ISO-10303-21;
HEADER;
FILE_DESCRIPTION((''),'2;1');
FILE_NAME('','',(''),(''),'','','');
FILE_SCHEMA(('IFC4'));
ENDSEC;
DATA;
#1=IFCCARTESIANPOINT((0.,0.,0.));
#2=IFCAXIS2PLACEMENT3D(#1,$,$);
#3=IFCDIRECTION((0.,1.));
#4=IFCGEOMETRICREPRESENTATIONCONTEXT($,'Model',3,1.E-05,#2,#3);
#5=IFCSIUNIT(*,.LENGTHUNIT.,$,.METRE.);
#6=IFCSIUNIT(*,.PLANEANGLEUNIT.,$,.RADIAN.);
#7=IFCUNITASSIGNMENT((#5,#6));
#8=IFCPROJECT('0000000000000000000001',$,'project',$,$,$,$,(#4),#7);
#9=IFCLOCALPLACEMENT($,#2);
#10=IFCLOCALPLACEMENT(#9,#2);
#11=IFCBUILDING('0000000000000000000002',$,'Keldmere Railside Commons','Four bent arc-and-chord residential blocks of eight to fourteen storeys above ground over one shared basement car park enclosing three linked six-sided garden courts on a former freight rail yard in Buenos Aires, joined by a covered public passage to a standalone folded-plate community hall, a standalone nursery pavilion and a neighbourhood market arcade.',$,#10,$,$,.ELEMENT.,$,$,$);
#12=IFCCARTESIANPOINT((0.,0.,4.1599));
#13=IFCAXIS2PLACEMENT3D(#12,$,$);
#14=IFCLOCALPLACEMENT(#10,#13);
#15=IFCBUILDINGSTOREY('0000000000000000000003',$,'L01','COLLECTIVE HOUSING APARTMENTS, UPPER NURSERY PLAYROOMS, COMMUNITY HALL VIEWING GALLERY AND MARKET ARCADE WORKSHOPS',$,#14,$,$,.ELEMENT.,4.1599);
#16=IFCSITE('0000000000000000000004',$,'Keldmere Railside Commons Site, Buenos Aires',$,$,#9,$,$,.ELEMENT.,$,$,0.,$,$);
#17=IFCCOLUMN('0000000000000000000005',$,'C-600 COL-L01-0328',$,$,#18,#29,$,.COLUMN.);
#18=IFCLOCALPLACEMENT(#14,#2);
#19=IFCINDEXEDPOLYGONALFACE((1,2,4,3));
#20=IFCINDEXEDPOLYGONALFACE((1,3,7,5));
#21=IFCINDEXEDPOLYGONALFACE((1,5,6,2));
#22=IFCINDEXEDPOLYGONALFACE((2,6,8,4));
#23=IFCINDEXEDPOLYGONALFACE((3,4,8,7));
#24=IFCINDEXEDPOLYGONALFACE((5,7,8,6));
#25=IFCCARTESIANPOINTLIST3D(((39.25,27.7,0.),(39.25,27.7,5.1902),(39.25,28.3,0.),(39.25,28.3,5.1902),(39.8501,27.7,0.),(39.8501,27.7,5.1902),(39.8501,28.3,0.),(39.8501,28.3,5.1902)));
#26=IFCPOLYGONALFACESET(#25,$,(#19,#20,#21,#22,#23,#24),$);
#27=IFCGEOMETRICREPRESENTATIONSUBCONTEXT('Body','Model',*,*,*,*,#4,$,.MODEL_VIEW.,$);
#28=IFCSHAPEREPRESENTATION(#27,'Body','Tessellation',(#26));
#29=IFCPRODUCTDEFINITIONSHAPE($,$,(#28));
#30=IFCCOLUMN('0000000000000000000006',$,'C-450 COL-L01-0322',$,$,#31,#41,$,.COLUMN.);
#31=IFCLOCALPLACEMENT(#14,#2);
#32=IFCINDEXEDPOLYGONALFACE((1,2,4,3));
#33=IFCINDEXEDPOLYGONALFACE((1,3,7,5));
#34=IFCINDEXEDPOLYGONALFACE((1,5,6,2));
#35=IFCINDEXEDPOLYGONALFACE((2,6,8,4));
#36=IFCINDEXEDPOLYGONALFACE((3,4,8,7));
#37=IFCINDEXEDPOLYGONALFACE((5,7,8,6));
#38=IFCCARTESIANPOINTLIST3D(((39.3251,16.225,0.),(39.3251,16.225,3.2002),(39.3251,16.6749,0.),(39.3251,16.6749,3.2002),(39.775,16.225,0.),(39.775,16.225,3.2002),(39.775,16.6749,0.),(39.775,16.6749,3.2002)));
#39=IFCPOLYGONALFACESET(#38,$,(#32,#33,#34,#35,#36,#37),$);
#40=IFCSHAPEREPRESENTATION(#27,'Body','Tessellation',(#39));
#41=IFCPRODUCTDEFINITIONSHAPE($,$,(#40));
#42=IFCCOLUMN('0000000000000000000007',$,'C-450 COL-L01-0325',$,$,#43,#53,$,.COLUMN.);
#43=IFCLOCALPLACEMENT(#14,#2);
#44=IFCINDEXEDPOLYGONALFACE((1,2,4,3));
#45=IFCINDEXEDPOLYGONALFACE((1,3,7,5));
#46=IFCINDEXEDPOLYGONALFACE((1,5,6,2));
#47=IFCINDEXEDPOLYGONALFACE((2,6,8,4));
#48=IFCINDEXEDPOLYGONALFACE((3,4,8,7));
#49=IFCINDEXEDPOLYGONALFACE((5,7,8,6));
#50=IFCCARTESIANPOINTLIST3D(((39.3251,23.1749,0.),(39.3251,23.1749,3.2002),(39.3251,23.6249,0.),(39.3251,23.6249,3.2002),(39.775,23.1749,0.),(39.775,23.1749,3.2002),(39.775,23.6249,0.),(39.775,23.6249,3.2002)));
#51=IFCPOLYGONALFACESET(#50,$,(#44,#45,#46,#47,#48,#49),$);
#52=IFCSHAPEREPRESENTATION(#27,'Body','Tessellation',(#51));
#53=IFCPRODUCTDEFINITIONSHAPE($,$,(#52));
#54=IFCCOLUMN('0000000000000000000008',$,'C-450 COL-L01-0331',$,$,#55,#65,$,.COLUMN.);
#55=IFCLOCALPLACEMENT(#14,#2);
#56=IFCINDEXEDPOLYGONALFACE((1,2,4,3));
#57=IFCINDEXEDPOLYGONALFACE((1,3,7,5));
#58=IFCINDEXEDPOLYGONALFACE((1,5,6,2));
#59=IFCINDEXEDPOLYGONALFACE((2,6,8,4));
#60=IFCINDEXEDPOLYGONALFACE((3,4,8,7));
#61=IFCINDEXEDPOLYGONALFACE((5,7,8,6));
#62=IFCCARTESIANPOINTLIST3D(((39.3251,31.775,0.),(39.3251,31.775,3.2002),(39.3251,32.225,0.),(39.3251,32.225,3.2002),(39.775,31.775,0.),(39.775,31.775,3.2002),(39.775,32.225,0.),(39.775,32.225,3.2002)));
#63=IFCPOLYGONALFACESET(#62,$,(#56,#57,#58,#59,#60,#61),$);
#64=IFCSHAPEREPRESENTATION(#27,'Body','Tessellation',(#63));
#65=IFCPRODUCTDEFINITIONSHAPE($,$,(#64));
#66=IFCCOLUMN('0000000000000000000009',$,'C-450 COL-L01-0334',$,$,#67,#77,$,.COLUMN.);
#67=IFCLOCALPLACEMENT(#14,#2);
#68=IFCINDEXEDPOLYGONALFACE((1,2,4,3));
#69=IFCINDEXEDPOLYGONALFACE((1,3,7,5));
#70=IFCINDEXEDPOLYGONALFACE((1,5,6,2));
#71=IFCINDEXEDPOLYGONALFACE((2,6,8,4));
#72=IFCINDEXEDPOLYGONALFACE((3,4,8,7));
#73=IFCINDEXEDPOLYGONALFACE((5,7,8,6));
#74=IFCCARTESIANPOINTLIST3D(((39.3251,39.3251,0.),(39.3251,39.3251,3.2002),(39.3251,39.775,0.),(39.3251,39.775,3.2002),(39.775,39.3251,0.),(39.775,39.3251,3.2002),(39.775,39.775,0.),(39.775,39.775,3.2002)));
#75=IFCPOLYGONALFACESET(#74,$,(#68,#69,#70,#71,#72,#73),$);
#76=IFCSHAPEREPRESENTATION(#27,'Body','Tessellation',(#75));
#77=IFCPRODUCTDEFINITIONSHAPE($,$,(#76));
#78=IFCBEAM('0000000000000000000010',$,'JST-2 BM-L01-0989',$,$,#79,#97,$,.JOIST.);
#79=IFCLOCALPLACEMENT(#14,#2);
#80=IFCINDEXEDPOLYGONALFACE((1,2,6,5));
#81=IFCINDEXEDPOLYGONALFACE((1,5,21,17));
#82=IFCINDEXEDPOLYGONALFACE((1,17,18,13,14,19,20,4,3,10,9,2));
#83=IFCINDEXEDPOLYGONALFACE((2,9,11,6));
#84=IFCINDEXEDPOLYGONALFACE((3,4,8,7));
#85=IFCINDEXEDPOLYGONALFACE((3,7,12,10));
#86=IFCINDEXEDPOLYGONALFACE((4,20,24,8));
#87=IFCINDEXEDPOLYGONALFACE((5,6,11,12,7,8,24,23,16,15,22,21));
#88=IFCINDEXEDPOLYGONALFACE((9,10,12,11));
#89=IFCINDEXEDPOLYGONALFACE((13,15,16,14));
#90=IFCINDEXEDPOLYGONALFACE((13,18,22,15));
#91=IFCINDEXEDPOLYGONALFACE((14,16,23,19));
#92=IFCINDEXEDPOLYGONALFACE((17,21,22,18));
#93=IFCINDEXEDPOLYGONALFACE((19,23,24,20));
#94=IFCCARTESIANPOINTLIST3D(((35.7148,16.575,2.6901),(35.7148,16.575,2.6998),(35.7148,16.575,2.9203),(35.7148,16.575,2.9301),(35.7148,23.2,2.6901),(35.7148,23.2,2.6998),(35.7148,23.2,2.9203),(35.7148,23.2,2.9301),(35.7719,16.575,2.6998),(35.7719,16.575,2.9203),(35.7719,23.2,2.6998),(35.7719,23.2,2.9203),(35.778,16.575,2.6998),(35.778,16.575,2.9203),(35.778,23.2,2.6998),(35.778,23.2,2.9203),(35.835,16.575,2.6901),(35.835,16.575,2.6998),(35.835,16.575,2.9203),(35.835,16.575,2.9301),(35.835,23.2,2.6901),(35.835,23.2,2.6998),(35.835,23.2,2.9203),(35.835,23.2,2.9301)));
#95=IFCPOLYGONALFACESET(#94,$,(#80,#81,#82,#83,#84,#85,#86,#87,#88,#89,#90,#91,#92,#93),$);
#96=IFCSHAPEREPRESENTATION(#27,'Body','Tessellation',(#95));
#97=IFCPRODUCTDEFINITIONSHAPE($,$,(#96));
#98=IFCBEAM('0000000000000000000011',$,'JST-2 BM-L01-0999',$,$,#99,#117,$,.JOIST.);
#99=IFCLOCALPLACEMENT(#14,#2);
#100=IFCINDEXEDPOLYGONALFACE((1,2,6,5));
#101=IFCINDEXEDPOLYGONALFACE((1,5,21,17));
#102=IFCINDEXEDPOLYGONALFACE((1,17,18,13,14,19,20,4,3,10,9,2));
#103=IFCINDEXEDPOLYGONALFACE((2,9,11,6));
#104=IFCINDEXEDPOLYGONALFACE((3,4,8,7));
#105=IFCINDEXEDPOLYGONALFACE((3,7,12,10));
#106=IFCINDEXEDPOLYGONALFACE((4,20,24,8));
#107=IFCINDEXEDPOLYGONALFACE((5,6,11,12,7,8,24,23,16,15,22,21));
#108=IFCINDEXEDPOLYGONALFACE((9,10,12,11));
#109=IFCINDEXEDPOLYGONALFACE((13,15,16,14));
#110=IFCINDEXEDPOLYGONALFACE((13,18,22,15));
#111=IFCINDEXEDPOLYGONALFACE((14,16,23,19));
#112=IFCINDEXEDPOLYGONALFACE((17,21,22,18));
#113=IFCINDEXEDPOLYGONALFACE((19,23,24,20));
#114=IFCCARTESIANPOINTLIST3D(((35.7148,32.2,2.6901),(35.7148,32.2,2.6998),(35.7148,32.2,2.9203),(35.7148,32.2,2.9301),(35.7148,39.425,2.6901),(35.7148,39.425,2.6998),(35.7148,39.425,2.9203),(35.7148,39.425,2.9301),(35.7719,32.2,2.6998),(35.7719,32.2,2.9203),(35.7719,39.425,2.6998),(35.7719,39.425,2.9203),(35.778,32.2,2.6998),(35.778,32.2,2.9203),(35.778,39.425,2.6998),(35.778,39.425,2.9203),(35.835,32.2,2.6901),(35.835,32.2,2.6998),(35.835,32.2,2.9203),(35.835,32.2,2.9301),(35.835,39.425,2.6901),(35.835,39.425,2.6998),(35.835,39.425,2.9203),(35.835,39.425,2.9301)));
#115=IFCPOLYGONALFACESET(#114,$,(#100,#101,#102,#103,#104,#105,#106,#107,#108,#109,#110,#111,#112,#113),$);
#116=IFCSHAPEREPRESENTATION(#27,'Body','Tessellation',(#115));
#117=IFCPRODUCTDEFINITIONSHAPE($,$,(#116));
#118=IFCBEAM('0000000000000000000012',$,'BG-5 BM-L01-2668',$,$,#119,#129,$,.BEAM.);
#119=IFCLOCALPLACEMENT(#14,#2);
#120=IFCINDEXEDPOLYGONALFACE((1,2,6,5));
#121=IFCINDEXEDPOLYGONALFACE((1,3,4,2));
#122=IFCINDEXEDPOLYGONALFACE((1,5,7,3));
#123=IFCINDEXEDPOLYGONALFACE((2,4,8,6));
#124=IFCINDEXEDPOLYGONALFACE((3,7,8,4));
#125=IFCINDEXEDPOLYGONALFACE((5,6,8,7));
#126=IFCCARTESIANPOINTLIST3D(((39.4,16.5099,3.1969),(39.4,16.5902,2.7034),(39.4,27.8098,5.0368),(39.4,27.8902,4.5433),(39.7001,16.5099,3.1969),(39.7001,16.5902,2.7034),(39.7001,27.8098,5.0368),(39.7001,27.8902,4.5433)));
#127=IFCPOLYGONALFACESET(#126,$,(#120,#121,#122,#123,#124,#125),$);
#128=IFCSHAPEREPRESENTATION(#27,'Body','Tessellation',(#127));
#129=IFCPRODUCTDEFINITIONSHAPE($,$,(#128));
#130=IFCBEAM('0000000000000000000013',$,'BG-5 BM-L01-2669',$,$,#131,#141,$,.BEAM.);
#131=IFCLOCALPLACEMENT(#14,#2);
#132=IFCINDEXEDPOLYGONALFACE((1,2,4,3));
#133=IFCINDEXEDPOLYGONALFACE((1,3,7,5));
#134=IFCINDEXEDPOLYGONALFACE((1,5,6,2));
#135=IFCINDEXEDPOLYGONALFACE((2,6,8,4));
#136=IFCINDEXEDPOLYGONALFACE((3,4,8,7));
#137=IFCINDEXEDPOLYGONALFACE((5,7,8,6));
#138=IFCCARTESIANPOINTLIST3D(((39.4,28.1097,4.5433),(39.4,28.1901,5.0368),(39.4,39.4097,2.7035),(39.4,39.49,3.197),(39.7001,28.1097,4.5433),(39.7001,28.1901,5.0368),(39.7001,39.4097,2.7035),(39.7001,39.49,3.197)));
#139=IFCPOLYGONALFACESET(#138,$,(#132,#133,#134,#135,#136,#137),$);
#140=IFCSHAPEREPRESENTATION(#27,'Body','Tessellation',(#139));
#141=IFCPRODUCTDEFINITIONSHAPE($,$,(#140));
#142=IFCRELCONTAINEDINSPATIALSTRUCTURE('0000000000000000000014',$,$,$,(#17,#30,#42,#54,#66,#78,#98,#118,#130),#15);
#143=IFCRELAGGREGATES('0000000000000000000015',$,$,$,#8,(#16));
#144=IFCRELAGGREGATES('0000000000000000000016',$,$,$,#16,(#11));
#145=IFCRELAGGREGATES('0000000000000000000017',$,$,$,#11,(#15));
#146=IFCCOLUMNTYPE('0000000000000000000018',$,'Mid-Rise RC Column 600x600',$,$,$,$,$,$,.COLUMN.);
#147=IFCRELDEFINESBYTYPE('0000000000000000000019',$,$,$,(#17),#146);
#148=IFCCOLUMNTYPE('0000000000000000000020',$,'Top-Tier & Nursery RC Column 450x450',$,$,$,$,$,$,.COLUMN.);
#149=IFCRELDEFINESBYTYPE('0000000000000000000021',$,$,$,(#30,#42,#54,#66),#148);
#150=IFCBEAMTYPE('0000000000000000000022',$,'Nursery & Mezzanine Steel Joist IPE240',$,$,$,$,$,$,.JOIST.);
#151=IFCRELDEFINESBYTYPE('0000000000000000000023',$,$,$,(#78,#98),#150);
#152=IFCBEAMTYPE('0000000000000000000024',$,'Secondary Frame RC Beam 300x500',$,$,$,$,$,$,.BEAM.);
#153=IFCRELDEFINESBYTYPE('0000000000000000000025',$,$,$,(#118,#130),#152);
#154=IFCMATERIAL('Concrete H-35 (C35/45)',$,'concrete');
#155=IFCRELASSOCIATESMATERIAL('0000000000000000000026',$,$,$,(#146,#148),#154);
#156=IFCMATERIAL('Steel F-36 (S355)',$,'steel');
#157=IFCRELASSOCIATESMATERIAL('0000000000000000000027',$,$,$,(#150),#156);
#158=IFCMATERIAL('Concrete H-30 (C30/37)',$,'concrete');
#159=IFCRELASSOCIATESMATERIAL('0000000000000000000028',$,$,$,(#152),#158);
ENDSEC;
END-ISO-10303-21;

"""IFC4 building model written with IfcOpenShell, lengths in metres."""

from ifc_helpers import new_model, si_unit, direction, frame, origin, origin_2d, place, context, subcontext, project, spatial, rectangle, i_section, extrude, material, material_profile, profile_set, type_object, element, save


model = new_model("IFC4")

# Units and contexts
model_context = context("Model", 3, precision=1e-05, world=origin(), true_north=direction((0.0, 1.0)))
body_context = subcontext(model_context, "Body", "Model", "MODEL_VIEW")
ifc_project = project(units=[si_unit("LENGTHUNIT", "METRE"), si_unit("PLANEANGLEUNIT", "RADIAN")], contexts=[model_context])

# Site, building, storey
site_placement = place(None, origin())
site = spatial("IfcSite", under=ifc_project, at=site_placement, Name="Keldmere Railside Commons Site, Buenos Aires", CompositionType="ELEMENT", RefElevation=0.0)
building_placement = place(site_placement, origin())
building = spatial("IfcBuilding", under=site, at=building_placement, Name="Keldmere Railside Commons", Description="Four bent arc-and-chord residential blocks of eight to fourteen storeys above ground over one shared basement car park enclosing three linked six-sided garden courts on a former freight rail yard in Buenos Aires, joined by a covered public passage to a standalone folded-plate community hall, a standalone nursery pavilion and a neighbourhood market arcade.", CompositionType="ELEMENT")
storey_placement = place(building_placement, frame((0.0, 0.0, 4.1599)))
storey = spatial("IfcBuildingStorey", under=building, at=storey_placement, Name="L01", Description="COLLECTIVE HOUSING APARTMENTS, UPPER NURSERY PLAYROOMS, COMMUNITY HALL VIEWING GALLERY AND MARKET ARCADE WORKSHOPS", CompositionType="ELEMENT", Elevation=4.1599)

# Columns
ifc_material_1 = material(Name="Concrete H-35 (C35/45)", Category="concrete")
ifc_material_profile_1 = material_profile(ifc_material_1, rectangle(XDim=0.6001, YDim=0.6001, at=origin_2d()), Name="RC-600x600")
ifc_profile_set_1 = profile_set([ifc_material_profile_1], Name="Concrete H-35 (C35/45)")
column_type_1 = type_object("IfcColumnType", Name="Mid-Rise RC Column 600x600", PredefinedType="COLUMN", material=ifc_profile_set_1)
column_placement = place(storey_placement, frame((39.55, 28.0, 0.0), z_axis=(0.0, 0.0, 1.0), x_axis=(1.0, 0.0, 0.0)))
element("IfcColumn", 1, at=column_placement, inside=storey, type_object=column_type_1, Name="C-600 COL-L01-0328", PredefinedType="COLUMN", context=body_context, shape_type="SweptSolid", body=[
    extrude(rectangle(XDim=0.6001, YDim=0.6001, at=origin_2d()), origin(), (0.0, 0.0, 1.0), 5.1902),
])
ifc_material_profile_2 = material_profile(ifc_material_1, rectangle(XDim=0.45, YDim=0.45, at=origin_2d()), Name="RC-450x450")
ifc_profile_set_2 = profile_set([ifc_material_profile_2], Name="Concrete H-35 (C35/45)")
column_type_2 = type_object("IfcColumnType", Name="Top-Tier & Nursery RC Column 450x450", PredefinedType="COLUMN", material=ifc_profile_set_2)
for number, where, z_axis, x_axis, name in (
    (2, (39.55, 16.45, 0.0), (0.0, 0.0, 1.0), (1.0, 0.0, 0.0), "C-450 COL-L01-0322"),
    (3, (39.55, 23.3999, 0.0), (0.0, 0.0, 1.0), (1.0, 0.0, 0.0), "C-450 COL-L01-0325"),
    (4, (39.55, 32.0, 0.0), (0.0, 0.0, 1.0), (1.0, 0.0, 0.0), "C-450 COL-L01-0331"),
    (5, (39.55, 39.55, 0.0), (0.0, 0.0, 1.0), (1.0, 0.0, 0.0), "C-450 COL-L01-0334"),
):
    element("IfcColumn", number, at=place(storey_placement, frame(where, z_axis=z_axis, x_axis=x_axis)), inside=storey, type_object=column_type_2, Name=name, PredefinedType="COLUMN", context=body_context, shape_type="SweptSolid", body=[
        extrude(rectangle(XDim=0.45, YDim=0.45, at=origin_2d()), origin(), (0.0, 0.0, 1.0), 3.2002),
    ])

# Beams
ifc_material_2 = material(Name="Steel F-36 (S355)", Category="steel")
ifc_material_profile_3 = material_profile(ifc_material_2, i_section(OverallWidth=0.1201, OverallDepth=0.24, WebThickness=0.0061, FlangeThickness=0.0098, at=origin_2d()), Name="IPE-240")
ifc_profile_set_3 = profile_set([ifc_material_profile_3], Name="Steel F-36 (S355)")
beam_type_1 = type_object("IfcBeamType", Name="Nursery & Mezzanine Steel Joist IPE240", PredefinedType="JOIST", material=ifc_profile_set_3)
beam_1_placement = place(storey_placement, frame((35.7749, 16.575, 2.8101), z_axis=(0.0, 1.0, 0.0), x_axis=(-1.0, 0.0, 0.0)))
element("IfcBeam", 6, at=beam_1_placement, inside=storey, type_object=beam_type_1, Name="JST-2 BM-L01-0989", PredefinedType="JOIST", context=body_context, shape_type="SweptSolid", body=[
    extrude(i_section(OverallWidth=0.1201, OverallDepth=0.24, WebThickness=0.0061, FlangeThickness=0.0098, at=origin_2d()), origin(), (0.0, 0.0, 1.0), 6.625),
])
beam_2_placement = place(storey_placement, frame((35.7749, 32.2, 2.8101), z_axis=(0.0, 1.0, 0.0), x_axis=(-1.0, 0.0, 0.0)))
element("IfcBeam", 7, at=beam_2_placement, inside=storey, type_object=beam_type_1, Name="JST-2 BM-L01-0999", PredefinedType="JOIST", context=body_context, shape_type="SweptSolid", body=[
    extrude(i_section(OverallWidth=0.1201, OverallDepth=0.24, WebThickness=0.0061, FlangeThickness=0.0098, at=origin_2d()), origin(), (0.0, 0.0, 1.0), 7.2251),
])
ifc_material_3 = material(Name="Concrete H-30 (C30/37)", Category="concrete")
ifc_material_profile_4 = material_profile(ifc_material_3, rectangle(XDim=0.3, YDim=0.5, at=origin_2d()), Name="RC-300x500")
ifc_profile_set_4 = profile_set([ifc_material_profile_4], Name="Concrete H-30 (C30/37)")
beam_type_2 = type_object("IfcBeamType", Name="Secondary Frame RC Beam 300x500", PredefinedType="BEAM", material=ifc_profile_set_4)
for number, where, z_axis, x_axis, name in (
    (8, (39.55, 16.55, 2.9502), (0.0, 0.987003, 0.160701), (-1.0, 0.0, 0.0), "BG-5 BM-L01-2668"),
    (9, (39.55, 28.1499, 4.79), (0.0, 0.987003, -0.160701), (-1.0, 0.0, 0.0), "BG-5 BM-L01-2669"),
):
    element("IfcBeam", number, at=place(storey_placement, frame(where, z_axis=z_axis, x_axis=x_axis)), inside=storey, type_object=beam_type_2, Name=name, PredefinedType="BEAM", context=body_context, shape_type="SweptSolid", body=[
        extrude(rectangle(XDim=0.3, YDim=0.5, at=origin_2d()), origin(), (0.0, 0.0, 1.0), 11.4487),
    ])

save(model, "model.ifc")
